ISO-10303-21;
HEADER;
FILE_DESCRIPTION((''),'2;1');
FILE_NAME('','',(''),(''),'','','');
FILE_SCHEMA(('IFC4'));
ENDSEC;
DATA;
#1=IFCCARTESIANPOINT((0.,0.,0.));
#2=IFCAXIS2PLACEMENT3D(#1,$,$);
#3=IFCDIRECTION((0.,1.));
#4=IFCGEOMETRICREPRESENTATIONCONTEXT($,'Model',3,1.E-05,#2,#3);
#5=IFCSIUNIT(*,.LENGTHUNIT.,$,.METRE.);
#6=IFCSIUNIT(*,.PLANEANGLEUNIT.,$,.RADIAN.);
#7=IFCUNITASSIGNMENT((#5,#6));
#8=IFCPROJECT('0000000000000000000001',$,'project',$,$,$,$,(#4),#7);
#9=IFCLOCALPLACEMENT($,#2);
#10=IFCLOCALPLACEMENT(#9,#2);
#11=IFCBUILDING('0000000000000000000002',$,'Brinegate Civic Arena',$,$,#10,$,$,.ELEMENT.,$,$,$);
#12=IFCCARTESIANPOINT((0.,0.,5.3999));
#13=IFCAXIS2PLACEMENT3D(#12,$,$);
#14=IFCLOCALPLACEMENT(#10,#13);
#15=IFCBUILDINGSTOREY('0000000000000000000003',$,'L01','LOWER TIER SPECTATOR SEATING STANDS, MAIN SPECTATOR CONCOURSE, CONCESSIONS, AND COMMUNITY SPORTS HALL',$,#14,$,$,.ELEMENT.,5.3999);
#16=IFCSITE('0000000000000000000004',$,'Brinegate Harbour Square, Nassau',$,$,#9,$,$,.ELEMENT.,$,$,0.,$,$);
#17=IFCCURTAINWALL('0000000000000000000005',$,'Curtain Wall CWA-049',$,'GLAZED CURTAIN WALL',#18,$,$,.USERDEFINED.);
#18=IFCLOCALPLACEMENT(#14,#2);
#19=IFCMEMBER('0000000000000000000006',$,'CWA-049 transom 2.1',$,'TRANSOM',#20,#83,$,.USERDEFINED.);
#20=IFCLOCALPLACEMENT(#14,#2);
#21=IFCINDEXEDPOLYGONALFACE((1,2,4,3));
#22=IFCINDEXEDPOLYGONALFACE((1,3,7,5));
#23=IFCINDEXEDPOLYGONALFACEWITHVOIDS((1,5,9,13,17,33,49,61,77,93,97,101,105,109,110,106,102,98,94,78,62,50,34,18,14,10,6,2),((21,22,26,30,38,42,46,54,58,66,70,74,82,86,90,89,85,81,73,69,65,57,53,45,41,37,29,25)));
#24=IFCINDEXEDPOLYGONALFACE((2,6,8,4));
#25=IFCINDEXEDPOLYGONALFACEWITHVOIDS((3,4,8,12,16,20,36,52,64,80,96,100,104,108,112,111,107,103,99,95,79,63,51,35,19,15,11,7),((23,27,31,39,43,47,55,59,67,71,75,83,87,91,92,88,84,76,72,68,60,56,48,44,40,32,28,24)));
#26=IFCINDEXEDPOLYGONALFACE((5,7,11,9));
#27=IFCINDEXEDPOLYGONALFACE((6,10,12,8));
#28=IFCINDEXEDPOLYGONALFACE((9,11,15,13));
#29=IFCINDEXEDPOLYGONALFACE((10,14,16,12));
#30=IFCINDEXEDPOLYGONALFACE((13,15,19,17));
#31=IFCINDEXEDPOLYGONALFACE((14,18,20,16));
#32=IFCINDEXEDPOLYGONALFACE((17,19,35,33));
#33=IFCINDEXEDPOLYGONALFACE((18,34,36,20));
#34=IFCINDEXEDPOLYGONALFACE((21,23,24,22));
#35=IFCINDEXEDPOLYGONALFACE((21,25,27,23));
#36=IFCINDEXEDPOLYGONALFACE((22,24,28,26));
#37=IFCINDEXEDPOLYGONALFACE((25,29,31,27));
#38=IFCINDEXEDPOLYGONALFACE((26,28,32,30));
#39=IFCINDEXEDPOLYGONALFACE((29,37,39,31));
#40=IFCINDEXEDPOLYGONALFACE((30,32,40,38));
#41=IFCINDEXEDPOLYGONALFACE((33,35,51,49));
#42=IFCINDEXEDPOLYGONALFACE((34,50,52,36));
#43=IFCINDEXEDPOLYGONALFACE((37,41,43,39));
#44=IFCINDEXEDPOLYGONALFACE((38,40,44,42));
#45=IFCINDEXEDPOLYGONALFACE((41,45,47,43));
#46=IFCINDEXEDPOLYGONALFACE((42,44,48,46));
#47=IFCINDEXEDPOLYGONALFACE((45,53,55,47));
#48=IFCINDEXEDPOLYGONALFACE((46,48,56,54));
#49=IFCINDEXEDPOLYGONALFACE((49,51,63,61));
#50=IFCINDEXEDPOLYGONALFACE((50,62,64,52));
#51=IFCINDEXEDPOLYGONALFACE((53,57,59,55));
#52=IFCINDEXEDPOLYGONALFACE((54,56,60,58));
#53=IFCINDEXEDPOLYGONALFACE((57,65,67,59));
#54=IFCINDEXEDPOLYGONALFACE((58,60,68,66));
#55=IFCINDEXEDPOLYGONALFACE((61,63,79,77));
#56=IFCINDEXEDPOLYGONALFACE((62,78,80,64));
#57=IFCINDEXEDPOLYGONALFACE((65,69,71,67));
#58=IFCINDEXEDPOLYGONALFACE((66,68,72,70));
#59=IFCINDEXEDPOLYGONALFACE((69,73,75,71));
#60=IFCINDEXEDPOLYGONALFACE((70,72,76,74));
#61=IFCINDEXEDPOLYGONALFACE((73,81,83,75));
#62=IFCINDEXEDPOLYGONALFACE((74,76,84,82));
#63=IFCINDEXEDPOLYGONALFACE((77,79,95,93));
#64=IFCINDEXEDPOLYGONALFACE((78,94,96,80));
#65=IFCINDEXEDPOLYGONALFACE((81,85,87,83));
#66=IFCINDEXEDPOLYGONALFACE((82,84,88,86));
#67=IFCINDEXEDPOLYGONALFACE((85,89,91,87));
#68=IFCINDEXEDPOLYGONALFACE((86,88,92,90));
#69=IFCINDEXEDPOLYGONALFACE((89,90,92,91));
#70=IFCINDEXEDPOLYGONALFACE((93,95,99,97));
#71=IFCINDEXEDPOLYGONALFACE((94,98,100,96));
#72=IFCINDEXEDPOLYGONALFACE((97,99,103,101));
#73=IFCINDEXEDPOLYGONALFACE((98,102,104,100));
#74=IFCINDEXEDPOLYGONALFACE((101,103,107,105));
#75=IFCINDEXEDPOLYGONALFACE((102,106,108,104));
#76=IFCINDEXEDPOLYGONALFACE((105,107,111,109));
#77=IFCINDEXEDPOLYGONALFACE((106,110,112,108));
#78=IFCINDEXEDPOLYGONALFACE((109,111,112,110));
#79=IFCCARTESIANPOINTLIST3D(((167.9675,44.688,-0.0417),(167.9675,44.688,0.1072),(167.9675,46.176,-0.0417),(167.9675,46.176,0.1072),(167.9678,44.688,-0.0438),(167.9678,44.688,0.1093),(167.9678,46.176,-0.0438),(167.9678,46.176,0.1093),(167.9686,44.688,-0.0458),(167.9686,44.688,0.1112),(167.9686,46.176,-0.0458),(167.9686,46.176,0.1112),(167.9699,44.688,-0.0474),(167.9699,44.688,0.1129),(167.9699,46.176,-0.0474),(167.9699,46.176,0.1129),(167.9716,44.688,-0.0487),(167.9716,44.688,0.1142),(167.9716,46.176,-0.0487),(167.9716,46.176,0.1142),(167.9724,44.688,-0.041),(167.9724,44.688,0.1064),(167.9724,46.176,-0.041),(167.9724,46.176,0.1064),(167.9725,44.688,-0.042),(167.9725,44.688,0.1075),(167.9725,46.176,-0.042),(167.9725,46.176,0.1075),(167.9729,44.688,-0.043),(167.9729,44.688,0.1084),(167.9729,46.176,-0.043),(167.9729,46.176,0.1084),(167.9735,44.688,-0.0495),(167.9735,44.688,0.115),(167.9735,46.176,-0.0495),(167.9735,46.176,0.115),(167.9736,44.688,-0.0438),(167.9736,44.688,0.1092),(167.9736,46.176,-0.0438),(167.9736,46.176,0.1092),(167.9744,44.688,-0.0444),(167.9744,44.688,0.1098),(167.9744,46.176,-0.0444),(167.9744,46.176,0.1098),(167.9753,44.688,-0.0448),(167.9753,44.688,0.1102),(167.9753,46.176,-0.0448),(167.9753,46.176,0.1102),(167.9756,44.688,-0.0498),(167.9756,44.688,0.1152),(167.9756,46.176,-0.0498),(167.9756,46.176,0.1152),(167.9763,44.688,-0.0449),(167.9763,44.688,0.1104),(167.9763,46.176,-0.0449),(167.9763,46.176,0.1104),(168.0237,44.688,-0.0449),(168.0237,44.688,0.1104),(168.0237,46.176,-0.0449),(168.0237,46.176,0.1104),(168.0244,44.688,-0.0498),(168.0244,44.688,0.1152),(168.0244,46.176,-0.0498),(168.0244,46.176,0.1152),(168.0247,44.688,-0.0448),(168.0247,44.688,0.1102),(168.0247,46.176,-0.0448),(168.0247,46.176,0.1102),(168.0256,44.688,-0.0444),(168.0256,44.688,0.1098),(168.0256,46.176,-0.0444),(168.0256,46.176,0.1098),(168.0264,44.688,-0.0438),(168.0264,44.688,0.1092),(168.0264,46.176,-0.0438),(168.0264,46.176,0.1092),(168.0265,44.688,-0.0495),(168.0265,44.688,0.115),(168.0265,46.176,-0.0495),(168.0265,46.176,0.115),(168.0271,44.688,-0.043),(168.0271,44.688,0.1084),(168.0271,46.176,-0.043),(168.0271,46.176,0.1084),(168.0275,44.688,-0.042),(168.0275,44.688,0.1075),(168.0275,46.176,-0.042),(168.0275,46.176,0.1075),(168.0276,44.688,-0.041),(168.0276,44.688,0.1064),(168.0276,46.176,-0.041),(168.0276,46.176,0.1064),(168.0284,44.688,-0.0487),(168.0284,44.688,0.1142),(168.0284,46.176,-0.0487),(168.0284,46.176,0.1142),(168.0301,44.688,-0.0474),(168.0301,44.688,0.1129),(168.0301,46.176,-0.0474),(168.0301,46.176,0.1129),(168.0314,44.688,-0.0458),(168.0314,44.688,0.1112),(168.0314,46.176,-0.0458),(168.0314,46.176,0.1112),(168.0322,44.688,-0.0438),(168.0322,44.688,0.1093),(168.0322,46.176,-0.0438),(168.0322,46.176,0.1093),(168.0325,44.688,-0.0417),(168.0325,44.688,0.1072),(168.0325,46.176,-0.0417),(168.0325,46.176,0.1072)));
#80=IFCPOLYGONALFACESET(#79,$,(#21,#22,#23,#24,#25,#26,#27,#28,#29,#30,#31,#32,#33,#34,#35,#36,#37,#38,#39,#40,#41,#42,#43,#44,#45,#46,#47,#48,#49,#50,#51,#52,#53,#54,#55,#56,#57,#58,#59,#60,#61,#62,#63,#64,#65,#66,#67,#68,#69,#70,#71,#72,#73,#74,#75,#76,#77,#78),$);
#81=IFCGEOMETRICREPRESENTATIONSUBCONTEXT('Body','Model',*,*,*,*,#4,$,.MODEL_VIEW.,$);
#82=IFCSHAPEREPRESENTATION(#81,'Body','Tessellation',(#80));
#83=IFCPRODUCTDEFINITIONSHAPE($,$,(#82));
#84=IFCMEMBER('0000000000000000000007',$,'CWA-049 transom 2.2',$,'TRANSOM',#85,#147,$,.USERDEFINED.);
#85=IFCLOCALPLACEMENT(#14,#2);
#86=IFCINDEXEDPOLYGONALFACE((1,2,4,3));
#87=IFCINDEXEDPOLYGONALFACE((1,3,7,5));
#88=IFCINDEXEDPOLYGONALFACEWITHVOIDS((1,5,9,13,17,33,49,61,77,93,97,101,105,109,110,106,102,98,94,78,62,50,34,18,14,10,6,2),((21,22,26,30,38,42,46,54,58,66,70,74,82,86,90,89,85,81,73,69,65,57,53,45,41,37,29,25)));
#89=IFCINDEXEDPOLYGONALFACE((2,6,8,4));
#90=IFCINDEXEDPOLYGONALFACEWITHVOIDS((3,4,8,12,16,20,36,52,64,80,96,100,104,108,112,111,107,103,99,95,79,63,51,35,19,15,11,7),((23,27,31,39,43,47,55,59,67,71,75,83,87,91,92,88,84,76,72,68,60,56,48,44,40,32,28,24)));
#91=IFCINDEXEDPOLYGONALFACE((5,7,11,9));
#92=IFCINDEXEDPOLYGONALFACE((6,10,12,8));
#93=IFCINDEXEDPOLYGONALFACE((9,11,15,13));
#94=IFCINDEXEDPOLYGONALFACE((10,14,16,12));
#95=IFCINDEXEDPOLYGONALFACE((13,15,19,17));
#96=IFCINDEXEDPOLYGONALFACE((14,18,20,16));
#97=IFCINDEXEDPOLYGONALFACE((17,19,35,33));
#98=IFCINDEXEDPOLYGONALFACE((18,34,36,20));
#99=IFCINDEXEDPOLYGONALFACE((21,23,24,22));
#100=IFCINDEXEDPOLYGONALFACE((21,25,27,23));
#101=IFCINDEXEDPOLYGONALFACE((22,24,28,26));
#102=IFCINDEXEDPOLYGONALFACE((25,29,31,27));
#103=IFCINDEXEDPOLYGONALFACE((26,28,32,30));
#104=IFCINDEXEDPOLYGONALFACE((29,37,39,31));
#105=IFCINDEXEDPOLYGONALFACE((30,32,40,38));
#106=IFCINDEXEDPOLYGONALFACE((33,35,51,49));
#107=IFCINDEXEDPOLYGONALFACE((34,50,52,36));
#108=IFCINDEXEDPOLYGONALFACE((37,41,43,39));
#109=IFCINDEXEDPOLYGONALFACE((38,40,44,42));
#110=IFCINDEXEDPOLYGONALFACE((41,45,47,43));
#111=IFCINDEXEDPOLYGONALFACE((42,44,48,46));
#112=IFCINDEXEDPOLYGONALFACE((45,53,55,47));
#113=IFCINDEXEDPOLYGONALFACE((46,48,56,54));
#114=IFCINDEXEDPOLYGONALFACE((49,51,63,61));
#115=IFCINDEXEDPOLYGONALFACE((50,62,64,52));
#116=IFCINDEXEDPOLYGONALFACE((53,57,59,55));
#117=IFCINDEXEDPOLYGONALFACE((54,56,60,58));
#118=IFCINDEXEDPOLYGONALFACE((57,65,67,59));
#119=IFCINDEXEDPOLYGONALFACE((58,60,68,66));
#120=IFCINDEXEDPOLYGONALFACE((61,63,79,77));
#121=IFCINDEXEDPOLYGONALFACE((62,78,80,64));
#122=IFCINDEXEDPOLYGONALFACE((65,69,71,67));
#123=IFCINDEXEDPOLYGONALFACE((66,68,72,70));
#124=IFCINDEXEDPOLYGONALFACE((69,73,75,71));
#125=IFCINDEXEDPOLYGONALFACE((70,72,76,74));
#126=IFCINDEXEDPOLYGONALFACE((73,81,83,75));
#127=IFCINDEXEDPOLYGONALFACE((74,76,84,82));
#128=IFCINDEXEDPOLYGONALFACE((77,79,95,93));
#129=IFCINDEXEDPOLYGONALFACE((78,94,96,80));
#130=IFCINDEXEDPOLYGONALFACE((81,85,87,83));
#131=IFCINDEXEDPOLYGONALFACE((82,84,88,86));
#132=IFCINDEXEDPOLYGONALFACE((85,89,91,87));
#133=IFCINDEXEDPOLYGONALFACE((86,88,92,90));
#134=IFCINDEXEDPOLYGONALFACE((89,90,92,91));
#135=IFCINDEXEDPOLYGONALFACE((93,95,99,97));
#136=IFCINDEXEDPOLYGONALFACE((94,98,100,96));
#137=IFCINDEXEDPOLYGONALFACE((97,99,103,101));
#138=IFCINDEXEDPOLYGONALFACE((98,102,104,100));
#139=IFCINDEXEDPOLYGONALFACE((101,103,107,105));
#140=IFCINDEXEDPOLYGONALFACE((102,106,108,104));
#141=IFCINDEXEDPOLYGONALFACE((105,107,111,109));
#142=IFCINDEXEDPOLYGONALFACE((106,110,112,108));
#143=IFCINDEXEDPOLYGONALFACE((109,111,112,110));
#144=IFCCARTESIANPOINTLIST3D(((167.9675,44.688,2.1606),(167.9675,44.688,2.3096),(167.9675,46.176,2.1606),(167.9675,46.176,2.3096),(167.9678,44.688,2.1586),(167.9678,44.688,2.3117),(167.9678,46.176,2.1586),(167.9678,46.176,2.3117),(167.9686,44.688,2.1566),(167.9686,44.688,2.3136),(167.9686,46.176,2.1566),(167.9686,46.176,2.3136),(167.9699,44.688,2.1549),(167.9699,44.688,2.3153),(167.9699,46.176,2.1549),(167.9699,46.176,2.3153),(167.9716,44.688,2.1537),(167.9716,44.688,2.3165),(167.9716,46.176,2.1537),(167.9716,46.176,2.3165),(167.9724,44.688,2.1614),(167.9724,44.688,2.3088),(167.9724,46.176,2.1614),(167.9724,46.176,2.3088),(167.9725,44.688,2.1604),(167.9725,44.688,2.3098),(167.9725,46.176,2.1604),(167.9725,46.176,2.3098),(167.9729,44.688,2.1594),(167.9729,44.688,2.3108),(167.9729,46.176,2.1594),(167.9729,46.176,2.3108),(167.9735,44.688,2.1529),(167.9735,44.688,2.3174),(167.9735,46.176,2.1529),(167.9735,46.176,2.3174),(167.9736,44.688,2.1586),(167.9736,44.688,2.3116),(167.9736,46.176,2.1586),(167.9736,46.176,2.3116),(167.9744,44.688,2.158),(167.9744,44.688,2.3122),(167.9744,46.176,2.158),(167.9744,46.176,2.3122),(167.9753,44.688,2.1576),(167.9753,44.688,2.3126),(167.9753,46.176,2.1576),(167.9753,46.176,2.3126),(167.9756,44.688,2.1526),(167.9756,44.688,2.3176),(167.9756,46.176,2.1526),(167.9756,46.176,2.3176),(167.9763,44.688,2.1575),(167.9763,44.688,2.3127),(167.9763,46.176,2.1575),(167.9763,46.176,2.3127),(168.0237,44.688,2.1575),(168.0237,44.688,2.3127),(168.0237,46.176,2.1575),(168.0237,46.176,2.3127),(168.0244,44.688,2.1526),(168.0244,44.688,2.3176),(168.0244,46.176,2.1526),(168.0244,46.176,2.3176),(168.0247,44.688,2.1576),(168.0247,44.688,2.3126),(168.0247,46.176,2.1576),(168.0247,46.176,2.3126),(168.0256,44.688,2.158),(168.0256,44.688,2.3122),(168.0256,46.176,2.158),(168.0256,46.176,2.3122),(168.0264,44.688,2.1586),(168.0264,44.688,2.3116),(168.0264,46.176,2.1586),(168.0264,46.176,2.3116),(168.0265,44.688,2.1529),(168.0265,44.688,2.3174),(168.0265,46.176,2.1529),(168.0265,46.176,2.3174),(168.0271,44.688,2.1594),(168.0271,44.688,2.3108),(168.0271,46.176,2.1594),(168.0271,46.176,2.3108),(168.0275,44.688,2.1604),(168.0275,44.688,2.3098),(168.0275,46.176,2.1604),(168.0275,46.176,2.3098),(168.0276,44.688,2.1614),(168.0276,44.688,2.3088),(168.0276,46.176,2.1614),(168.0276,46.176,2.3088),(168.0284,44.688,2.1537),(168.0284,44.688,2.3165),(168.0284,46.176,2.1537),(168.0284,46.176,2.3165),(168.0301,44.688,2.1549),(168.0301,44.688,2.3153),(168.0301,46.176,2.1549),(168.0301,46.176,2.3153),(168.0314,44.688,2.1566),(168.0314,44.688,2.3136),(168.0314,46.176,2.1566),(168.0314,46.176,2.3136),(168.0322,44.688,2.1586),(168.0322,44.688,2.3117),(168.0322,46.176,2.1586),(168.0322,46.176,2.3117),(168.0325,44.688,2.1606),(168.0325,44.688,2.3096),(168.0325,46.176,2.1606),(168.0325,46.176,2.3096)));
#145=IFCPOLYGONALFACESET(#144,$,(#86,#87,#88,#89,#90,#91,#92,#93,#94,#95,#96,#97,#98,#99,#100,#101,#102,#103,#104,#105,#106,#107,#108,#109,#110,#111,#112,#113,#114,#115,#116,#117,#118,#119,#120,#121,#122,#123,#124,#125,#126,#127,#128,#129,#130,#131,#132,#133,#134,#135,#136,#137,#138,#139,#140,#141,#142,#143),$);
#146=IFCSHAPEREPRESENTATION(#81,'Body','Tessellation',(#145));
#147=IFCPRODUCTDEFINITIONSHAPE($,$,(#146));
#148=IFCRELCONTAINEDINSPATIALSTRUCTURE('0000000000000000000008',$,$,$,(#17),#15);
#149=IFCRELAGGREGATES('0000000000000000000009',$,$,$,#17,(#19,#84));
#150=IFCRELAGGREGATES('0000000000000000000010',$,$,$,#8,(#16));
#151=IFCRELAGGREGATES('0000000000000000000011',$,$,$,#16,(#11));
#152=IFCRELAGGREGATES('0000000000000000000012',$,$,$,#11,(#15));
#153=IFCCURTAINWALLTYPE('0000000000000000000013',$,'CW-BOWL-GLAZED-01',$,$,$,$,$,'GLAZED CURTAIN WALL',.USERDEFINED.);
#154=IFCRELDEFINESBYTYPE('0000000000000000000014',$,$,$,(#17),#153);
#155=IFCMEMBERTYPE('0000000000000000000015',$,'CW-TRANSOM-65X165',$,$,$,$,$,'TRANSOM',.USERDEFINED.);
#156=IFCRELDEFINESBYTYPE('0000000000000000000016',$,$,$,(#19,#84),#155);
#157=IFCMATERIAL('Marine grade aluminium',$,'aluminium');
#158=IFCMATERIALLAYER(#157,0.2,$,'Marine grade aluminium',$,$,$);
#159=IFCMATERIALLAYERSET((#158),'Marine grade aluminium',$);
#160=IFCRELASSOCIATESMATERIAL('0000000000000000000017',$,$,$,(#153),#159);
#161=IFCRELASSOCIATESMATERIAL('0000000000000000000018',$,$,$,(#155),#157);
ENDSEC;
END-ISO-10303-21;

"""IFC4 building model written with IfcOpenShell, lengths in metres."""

from ifc_helpers import new_model, si_unit, direction, frame, origin, origin_2d, place, context, subcontext, project, spatial, hollow_rectangle, extrude, material, layer, layer_set, material_profile, profile_set, type_object, element, aggregate, save


model = new_model("IFC4")

# Units and contexts
model_context = context("Model", 3, precision=1e-05, world=origin(), true_north=direction((0.0, 1.0)))
body_context = subcontext(model_context, "Body", "Model", "MODEL_VIEW")
ifc_project = project(units=[si_unit("LENGTHUNIT", "METRE"), si_unit("PLANEANGLEUNIT", "RADIAN")], contexts=[model_context])

# Site, building, storey
site_placement = place(None, origin())
site = spatial("IfcSite", under=ifc_project, at=site_placement, Name="Brinegate Harbour Square, Nassau", CompositionType="ELEMENT", RefElevation=0.0)
building_placement = place(site_placement, origin())
building = spatial("IfcBuilding", under=site, at=building_placement, Name="Brinegate Civic Arena", CompositionType="ELEMENT")
storey_placement = place(building_placement, frame((0.0, 0.0, 5.3999)))
storey = spatial("IfcBuildingStorey", under=building, at=storey_placement, Name="L01", Description="LOWER TIER SPECTATOR SEATING STANDS, MAIN SPECTATOR CONCOURSE, CONCESSIONS, AND COMMUNITY SPORTS HALL", CompositionType="ELEMENT", Elevation=5.3999)

# Curtain wall, members
ifc_material_1 = material(Name="Marine grade aluminium", Category="aluminium")
ifc_layer_1 = layer(ifc_material_1, 0.2, Name="Marine grade aluminium")
ifc_layer_set_1 = layer_set([ifc_layer_1], Name="Marine grade aluminium")
curtain_wall_type = type_object("IfcCurtainWallType", Name="CW-BOWL-GLAZED-01", ElementType="GLAZED CURTAIN WALL", PredefinedType="USERDEFINED", material=ifc_layer_set_1)
curtain_wall_placement = place(storey_placement, origin())
curtain_wall = element("IfcCurtainWall", 1, at=curtain_wall_placement, inside=storey, type_object=curtain_wall_type, Name="Curtain Wall CWA-049", ObjectType="GLAZED CURTAIN WALL", PredefinedType="USERDEFINED")
ifc_material_profile_1 = material_profile(ifc_material_1, hollow_rectangle(XDim=0.0649, YDim=0.165, WallThickness=0.0049, InnerFilletRadius=0.0039, OuterFilletRadius=0.0081, at=origin_2d()), Name="TRN65X165")
ifc_profile_set_1 = profile_set([ifc_material_profile_1], Name="Marine grade aluminium")
member_type_1 = type_object("IfcMemberType", Name="CW-TRANSOM-65X165", ElementType="TRANSOM", PredefinedType="USERDEFINED", material=ifc_profile_set_1)
member_1_placement = place(storey_placement, frame((168.0, 44.688, 0.0327), z_axis=(0.0, 1.0, 0.0), x_axis=(-1.0, 0.0, 0.0)))
member_1 = element("IfcMember", 2, at=member_1_placement, type_object=member_type_1, Name="CWA-049 transom 2.1", ObjectType="TRANSOM", PredefinedType="USERDEFINED", context=body_context, shape_type="SweptSolid", body=[
    extrude(hollow_rectangle(XDim=0.0649, YDim=0.165, WallThickness=0.0049, InnerFilletRadius=0.0039, OuterFilletRadius=0.0081, at=origin_2d()), origin(), (0.0, 0.0, 1.0), 1.488),
])
member_2_placement = place(storey_placement, frame((168.0, 44.688, 2.2351), z_axis=(0.0, 1.0, 0.0), x_axis=(-1.0, 0.0, 0.0)))
member_2 = element("IfcMember", 3, at=member_2_placement, type_object=member_type_1, Name="CWA-049 transom 2.2", ObjectType="TRANSOM", PredefinedType="USERDEFINED", context=body_context, shape_type="SweptSolid", body=[
    extrude(hollow_rectangle(XDim=0.0649, YDim=0.165, WallThickness=0.0049, InnerFilletRadius=0.0039, OuterFilletRadius=0.0081, at=origin_2d()), origin(), (0.0, 0.0, 1.0), 1.488),
])
aggregate(curtain_wall, [member_1, member_2])

save(model, "model.ifc")
